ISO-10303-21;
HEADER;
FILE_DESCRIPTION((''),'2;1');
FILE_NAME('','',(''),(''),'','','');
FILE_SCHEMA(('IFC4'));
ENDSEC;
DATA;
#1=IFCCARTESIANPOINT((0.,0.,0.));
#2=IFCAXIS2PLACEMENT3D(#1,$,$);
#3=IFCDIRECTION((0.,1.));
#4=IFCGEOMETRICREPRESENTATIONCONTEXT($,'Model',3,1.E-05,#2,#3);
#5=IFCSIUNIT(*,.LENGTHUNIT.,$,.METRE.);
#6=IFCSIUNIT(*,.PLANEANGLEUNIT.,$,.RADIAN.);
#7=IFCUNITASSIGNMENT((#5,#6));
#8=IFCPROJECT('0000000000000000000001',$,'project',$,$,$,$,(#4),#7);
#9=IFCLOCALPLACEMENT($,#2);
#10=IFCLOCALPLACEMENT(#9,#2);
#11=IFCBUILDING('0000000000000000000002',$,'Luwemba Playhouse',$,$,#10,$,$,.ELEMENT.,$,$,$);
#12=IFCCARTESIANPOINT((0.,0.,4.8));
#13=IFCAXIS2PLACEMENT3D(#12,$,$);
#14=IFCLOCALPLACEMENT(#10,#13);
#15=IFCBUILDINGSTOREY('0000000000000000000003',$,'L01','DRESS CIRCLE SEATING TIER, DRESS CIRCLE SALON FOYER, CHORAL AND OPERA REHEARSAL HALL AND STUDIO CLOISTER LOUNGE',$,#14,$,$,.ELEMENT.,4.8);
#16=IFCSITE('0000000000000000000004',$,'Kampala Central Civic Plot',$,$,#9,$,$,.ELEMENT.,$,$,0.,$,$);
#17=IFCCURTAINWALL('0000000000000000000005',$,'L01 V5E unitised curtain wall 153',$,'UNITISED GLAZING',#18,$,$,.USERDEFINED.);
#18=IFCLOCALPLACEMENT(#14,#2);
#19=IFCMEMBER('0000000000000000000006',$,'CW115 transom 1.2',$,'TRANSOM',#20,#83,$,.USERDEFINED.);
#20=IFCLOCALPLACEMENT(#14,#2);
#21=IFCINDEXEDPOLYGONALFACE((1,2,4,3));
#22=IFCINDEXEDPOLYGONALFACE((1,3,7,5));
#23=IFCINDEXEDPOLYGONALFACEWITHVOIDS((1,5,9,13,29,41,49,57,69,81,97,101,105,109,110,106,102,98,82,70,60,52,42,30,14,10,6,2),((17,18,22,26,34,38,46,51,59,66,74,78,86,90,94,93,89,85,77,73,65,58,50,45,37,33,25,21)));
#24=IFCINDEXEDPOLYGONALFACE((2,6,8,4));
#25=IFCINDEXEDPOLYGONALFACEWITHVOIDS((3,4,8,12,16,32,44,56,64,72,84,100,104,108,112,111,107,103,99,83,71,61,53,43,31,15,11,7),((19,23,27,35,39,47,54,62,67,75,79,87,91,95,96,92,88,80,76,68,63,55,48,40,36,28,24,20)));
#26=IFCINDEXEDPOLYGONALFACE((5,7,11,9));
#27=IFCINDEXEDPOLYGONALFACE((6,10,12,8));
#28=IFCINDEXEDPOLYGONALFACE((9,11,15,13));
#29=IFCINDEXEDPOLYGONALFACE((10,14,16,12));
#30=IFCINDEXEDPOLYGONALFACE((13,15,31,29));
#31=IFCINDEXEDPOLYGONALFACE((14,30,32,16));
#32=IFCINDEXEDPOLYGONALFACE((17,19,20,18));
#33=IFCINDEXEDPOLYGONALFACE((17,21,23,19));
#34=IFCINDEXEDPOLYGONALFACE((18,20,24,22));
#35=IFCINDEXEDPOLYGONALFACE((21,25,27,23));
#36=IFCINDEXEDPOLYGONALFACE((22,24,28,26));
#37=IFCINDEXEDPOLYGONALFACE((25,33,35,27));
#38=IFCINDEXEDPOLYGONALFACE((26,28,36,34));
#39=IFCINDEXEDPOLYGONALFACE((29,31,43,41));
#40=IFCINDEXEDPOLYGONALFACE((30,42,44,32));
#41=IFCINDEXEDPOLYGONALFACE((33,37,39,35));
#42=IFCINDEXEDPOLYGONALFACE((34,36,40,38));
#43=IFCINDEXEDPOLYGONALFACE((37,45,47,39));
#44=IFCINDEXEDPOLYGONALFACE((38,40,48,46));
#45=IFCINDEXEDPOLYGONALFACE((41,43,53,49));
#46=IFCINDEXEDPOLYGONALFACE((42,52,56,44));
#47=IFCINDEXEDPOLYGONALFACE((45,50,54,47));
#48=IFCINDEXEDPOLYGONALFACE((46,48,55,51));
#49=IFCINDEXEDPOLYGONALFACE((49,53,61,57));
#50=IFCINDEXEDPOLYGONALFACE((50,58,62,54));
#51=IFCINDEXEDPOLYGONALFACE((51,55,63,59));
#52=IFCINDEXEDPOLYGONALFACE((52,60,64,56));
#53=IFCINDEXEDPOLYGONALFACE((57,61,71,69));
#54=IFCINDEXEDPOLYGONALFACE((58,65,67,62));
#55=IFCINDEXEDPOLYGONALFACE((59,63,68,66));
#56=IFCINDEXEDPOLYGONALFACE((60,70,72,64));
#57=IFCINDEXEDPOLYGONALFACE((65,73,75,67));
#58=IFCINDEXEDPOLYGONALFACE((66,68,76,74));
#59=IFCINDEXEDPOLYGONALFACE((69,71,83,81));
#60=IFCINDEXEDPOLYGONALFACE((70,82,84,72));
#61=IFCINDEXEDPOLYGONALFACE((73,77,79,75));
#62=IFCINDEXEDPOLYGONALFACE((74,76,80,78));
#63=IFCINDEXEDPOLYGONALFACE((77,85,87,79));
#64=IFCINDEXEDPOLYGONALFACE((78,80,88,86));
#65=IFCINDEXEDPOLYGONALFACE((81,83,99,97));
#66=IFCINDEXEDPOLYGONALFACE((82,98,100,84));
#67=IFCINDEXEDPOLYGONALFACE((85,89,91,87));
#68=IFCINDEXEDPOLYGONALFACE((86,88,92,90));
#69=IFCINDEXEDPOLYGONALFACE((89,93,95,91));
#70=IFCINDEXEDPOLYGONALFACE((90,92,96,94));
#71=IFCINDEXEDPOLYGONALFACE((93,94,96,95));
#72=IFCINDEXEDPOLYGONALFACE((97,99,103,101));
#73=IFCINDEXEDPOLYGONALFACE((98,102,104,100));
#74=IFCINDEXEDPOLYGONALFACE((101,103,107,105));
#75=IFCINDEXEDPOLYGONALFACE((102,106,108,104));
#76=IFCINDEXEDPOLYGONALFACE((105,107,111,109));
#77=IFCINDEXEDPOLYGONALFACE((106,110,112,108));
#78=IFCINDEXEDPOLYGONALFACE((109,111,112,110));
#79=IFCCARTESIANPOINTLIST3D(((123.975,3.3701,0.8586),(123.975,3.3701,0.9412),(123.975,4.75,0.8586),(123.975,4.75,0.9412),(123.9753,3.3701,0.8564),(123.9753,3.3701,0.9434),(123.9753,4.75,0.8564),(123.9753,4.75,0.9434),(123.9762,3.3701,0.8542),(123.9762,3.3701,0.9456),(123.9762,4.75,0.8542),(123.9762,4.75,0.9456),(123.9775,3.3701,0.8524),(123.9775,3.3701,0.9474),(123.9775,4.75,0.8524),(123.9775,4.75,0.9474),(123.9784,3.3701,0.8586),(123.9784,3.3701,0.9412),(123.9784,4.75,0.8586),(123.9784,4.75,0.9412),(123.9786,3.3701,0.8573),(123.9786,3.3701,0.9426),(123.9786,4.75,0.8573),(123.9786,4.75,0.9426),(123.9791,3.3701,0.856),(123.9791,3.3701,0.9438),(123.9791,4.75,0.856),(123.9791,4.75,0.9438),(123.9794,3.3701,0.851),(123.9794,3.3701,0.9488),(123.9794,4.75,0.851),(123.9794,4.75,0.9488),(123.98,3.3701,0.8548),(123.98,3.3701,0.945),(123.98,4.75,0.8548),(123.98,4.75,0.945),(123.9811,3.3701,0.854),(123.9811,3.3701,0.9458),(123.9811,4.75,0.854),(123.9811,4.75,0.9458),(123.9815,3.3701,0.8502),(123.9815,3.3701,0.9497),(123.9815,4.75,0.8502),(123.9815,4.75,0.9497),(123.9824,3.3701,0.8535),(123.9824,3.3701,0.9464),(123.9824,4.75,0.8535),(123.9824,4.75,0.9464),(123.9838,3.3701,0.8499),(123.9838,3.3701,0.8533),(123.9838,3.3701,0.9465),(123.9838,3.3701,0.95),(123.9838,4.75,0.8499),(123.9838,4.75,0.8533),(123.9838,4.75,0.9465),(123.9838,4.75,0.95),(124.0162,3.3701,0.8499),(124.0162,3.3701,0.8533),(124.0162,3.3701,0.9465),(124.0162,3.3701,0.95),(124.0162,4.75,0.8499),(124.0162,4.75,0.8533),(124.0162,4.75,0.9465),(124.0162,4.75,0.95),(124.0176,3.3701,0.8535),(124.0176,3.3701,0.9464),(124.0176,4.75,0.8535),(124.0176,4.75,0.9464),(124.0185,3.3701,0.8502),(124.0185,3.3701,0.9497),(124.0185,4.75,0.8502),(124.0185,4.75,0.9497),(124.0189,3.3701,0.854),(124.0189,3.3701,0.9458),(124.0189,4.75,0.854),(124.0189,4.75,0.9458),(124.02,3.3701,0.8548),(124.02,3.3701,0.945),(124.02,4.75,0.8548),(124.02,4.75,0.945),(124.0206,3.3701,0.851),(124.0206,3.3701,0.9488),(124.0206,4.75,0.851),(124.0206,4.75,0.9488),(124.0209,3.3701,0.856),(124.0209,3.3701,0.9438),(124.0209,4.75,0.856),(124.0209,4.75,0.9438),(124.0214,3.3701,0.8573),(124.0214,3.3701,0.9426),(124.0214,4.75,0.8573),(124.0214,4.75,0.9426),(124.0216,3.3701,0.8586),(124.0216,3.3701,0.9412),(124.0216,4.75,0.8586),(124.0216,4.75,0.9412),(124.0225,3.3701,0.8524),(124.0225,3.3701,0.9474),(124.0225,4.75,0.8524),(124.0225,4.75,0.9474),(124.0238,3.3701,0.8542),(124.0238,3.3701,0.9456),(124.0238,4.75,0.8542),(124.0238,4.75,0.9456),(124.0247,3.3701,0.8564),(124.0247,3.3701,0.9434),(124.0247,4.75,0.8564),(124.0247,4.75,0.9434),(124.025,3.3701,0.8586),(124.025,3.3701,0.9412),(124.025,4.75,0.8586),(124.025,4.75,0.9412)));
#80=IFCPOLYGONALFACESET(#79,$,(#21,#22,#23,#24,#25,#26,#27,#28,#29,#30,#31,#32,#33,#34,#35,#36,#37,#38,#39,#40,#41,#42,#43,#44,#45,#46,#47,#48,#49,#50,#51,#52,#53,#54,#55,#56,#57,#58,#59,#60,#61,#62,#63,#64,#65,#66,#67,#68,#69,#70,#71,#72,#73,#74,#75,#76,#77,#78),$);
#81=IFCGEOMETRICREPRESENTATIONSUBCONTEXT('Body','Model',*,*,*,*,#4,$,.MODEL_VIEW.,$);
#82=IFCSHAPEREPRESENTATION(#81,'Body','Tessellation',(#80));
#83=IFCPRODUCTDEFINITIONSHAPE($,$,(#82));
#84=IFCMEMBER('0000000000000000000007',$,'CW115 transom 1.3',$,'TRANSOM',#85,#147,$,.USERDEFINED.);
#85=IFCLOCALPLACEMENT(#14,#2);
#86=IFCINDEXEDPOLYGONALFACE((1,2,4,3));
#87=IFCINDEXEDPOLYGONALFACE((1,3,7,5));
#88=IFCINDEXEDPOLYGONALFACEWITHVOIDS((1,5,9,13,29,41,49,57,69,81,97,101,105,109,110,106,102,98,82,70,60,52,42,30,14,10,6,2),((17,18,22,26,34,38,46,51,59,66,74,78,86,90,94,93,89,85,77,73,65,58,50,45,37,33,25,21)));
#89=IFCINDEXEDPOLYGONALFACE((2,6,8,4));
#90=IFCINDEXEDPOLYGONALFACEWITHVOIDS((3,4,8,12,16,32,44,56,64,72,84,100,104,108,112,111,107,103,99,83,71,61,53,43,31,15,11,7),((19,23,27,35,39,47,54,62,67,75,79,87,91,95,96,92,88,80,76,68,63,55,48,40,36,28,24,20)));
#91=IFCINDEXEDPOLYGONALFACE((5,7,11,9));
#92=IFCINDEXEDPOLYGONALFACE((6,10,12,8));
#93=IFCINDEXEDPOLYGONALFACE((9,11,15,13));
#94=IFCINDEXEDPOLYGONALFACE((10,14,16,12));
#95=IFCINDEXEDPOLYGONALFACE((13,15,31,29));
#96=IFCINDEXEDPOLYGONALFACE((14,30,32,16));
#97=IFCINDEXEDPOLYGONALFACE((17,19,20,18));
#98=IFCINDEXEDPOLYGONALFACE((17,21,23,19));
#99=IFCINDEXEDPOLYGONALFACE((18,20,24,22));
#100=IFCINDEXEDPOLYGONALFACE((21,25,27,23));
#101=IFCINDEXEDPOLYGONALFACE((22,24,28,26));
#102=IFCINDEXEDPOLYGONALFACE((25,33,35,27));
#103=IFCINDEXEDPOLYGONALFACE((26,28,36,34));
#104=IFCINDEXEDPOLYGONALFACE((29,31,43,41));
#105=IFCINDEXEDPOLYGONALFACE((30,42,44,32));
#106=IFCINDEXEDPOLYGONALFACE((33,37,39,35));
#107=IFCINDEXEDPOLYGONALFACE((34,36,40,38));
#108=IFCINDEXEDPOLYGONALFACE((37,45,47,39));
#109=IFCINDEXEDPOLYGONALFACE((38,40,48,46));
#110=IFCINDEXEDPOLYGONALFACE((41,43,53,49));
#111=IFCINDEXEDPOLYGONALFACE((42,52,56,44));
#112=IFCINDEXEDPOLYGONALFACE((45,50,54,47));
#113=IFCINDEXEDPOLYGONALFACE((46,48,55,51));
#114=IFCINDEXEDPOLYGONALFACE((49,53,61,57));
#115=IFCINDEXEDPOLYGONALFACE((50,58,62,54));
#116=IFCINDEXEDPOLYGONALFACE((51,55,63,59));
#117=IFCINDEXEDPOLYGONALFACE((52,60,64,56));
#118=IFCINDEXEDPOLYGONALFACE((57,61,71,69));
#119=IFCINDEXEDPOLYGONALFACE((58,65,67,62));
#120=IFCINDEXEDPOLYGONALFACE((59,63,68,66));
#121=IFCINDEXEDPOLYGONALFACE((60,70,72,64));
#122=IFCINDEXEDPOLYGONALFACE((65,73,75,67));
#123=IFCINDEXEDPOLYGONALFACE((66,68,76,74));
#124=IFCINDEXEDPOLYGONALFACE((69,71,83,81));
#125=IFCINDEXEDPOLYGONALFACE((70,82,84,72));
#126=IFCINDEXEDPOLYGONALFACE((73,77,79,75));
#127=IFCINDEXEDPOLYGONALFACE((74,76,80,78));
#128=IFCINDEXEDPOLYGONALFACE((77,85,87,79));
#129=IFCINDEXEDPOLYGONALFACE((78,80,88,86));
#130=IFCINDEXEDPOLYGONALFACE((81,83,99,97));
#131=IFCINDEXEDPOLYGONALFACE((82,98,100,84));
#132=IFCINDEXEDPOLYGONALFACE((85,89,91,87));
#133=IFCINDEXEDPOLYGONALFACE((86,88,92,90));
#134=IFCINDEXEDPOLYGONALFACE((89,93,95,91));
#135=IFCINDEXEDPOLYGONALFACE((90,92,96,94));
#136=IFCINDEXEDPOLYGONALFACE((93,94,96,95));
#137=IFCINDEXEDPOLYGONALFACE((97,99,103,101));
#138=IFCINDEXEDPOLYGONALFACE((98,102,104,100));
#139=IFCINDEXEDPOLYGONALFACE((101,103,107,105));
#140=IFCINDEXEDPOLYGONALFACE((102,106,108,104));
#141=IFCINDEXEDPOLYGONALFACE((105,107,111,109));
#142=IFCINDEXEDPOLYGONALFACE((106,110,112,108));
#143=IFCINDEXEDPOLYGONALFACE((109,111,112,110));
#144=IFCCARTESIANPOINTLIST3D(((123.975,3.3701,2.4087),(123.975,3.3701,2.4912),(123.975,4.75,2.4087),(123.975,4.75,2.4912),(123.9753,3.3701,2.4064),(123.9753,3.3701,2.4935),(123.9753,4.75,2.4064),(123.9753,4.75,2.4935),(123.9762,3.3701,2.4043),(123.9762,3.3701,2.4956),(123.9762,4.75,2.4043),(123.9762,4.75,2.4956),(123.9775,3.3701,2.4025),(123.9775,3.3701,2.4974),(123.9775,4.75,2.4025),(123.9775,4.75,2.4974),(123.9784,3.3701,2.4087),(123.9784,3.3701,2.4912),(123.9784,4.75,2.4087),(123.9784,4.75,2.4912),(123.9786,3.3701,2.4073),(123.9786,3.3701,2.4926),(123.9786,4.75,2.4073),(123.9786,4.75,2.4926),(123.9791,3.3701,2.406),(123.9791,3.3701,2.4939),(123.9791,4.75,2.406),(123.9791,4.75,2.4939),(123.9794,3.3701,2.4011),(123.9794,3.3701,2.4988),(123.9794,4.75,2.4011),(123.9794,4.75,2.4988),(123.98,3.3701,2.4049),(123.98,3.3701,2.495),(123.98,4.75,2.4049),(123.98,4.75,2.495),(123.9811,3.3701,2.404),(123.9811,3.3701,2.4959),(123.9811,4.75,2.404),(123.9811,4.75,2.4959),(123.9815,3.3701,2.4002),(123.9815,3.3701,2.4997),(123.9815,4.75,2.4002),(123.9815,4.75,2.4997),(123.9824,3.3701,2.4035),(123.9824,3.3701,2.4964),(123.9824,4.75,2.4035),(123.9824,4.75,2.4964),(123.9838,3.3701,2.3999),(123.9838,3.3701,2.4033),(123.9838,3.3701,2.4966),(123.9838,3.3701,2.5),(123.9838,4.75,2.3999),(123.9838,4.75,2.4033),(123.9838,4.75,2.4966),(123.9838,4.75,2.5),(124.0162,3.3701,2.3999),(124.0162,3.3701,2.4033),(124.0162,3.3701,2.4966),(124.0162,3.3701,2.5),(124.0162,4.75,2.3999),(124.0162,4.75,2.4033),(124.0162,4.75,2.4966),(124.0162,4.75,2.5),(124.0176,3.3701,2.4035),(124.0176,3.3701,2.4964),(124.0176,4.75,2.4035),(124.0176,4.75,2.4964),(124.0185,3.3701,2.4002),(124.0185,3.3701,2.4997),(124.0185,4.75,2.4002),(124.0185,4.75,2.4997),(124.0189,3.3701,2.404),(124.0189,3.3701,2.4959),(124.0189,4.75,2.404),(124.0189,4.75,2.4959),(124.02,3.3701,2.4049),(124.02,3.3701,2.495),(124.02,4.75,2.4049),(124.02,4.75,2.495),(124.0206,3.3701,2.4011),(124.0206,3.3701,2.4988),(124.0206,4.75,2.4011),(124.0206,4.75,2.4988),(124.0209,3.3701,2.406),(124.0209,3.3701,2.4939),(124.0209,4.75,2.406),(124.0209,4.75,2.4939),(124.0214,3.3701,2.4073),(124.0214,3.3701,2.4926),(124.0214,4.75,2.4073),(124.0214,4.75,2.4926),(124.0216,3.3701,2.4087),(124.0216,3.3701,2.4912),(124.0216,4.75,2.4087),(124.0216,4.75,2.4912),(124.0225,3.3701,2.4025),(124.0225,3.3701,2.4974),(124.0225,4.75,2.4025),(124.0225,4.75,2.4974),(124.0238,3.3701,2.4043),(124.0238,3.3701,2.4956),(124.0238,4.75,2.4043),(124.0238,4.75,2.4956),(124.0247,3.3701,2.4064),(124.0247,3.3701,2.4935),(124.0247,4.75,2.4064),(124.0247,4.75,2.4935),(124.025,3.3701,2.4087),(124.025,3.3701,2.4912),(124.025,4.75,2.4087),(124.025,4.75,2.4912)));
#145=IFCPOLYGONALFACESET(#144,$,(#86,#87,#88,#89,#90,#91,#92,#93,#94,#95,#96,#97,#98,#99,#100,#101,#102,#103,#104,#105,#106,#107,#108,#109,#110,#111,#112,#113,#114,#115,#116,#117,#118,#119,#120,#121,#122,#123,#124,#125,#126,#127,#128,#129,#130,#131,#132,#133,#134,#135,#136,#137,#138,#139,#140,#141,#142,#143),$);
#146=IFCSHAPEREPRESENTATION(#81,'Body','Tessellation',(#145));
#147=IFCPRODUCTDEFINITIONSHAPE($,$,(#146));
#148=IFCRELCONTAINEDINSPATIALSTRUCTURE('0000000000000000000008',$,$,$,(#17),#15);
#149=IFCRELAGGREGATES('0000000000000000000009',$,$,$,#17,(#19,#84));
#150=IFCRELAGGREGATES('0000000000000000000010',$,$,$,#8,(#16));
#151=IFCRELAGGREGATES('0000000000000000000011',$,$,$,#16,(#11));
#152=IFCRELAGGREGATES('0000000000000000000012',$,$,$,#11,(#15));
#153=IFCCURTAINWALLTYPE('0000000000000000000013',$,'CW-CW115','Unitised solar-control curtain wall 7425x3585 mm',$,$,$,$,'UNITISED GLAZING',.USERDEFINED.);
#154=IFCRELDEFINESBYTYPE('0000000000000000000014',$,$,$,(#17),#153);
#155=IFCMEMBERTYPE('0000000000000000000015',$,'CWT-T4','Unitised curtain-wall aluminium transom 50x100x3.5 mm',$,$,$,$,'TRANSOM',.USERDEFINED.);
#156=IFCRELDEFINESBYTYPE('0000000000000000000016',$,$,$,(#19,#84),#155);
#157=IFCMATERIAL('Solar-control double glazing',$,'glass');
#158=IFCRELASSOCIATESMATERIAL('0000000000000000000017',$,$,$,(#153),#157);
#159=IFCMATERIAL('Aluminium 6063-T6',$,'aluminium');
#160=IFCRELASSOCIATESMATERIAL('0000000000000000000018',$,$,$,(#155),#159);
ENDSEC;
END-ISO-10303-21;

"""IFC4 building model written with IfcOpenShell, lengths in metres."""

from ifc_helpers import new_model, si_unit, direction, frame, origin, origin_2d, place, context, subcontext, project, spatial, hollow_rectangle, extrude, material, material_profile, profile_set, type_object, element, aggregate, save


model = new_model("IFC4")

# Units and contexts
model_context = context("Model", 3, precision=1e-05, world=origin(), true_north=direction((0.0, 1.0)))
body_context = subcontext(model_context, "Body", "Model", "MODEL_VIEW")
ifc_project = project(units=[si_unit("LENGTHUNIT", "METRE"), si_unit("PLANEANGLEUNIT", "RADIAN")], contexts=[model_context])

# Site, building, storey
site_placement = place(None, origin())
site = spatial("IfcSite", under=ifc_project, at=site_placement, Name="Kampala Central Civic Plot", CompositionType="ELEMENT", RefElevation=0.0)
building_placement = place(site_placement, origin())
building = spatial("IfcBuilding", under=site, at=building_placement, Name="Luwemba Playhouse", CompositionType="ELEMENT")
storey_placement = place(building_placement, frame((0.0, 0.0, 4.8)))
storey = spatial("IfcBuildingStorey", under=building, at=storey_placement, Name="L01", Description="DRESS CIRCLE SEATING TIER, DRESS CIRCLE SALON FOYER, CHORAL AND OPERA REHEARSAL HALL AND STUDIO CLOISTER LOUNGE", CompositionType="ELEMENT", Elevation=4.8)

# Curtain wall, members
ifc_material_1 = material(Name="Solar-control double glazing", Category="glass")
curtain_wall_type = type_object("IfcCurtainWallType", Name="CW-CW115", Description="Unitised solar-control curtain wall 7425x3585 mm", ElementType="UNITISED GLAZING", PredefinedType="USERDEFINED", material=ifc_material_1)
curtain_wall_placement = place(storey_placement, origin())
curtain_wall = element("IfcCurtainWall", 1, at=curtain_wall_placement, inside=storey, type_object=curtain_wall_type, Name="L01 V5E unitised curtain wall 153", ObjectType="UNITISED GLAZING", PredefinedType="USERDEFINED")
ifc_material_2 = material(Name="Aluminium 6063-T6", Category="aluminium")
ifc_material_profile_1 = material_profile(ifc_material_2, hollow_rectangle(XDim=0.05, YDim=0.1001, WallThickness=0.0034, InnerFilletRadius=0.0054, OuterFilletRadius=0.0088, at=origin_2d()))
ifc_profile_set_1 = profile_set([ifc_material_profile_1], Name="Aluminium 6063-T6")
member_type_1 = type_object("IfcMemberType", Name="CWT-T4", Description="Unitised curtain-wall aluminium transom 50x100x3.5 mm", ElementType="TRANSOM", PredefinedType="USERDEFINED", material=ifc_profile_set_1)
member_1_placement = place(storey_placement, frame((124.0, 3.3701, 0.8999), z_axis=(0.0, 1.0, 0.0), x_axis=(-1.0, 0.0, 0.0)))
member_1 = element("IfcMember", 2, at=member_1_placement, type_object=member_type_1, Name="CW115 transom 1.2", ObjectType="TRANSOM", PredefinedType="USERDEFINED", context=body_context, shape_type="SweptSolid", body=[
    extrude(hollow_rectangle(XDim=0.05, YDim=0.1001, WallThickness=0.0034, InnerFilletRadius=0.0054, OuterFilletRadius=0.0088, at=origin_2d()), origin(), (0.0, 0.0, 1.0), 1.3799),
])
member_2_placement = place(storey_placement, frame((124.0, 3.3701, 2.45), z_axis=(0.0, 1.0, 0.0), x_axis=(-1.0, 0.0, 0.0)))
member_2 = element("IfcMember", 3, at=member_2_placement, type_object=member_type_1, Name="CW115 transom 1.3", ObjectType="TRANSOM", PredefinedType="USERDEFINED", context=body_context, shape_type="SweptSolid", body=[
    extrude(hollow_rectangle(XDim=0.05, YDim=0.1001, WallThickness=0.0034, InnerFilletRadius=0.0054, OuterFilletRadius=0.0088, at=origin_2d()), origin(), (0.0, 0.0, 1.0), 1.3799),
])

aggregate(curtain_wall, [member_1, member_2])

save(model, "model.ifc")
